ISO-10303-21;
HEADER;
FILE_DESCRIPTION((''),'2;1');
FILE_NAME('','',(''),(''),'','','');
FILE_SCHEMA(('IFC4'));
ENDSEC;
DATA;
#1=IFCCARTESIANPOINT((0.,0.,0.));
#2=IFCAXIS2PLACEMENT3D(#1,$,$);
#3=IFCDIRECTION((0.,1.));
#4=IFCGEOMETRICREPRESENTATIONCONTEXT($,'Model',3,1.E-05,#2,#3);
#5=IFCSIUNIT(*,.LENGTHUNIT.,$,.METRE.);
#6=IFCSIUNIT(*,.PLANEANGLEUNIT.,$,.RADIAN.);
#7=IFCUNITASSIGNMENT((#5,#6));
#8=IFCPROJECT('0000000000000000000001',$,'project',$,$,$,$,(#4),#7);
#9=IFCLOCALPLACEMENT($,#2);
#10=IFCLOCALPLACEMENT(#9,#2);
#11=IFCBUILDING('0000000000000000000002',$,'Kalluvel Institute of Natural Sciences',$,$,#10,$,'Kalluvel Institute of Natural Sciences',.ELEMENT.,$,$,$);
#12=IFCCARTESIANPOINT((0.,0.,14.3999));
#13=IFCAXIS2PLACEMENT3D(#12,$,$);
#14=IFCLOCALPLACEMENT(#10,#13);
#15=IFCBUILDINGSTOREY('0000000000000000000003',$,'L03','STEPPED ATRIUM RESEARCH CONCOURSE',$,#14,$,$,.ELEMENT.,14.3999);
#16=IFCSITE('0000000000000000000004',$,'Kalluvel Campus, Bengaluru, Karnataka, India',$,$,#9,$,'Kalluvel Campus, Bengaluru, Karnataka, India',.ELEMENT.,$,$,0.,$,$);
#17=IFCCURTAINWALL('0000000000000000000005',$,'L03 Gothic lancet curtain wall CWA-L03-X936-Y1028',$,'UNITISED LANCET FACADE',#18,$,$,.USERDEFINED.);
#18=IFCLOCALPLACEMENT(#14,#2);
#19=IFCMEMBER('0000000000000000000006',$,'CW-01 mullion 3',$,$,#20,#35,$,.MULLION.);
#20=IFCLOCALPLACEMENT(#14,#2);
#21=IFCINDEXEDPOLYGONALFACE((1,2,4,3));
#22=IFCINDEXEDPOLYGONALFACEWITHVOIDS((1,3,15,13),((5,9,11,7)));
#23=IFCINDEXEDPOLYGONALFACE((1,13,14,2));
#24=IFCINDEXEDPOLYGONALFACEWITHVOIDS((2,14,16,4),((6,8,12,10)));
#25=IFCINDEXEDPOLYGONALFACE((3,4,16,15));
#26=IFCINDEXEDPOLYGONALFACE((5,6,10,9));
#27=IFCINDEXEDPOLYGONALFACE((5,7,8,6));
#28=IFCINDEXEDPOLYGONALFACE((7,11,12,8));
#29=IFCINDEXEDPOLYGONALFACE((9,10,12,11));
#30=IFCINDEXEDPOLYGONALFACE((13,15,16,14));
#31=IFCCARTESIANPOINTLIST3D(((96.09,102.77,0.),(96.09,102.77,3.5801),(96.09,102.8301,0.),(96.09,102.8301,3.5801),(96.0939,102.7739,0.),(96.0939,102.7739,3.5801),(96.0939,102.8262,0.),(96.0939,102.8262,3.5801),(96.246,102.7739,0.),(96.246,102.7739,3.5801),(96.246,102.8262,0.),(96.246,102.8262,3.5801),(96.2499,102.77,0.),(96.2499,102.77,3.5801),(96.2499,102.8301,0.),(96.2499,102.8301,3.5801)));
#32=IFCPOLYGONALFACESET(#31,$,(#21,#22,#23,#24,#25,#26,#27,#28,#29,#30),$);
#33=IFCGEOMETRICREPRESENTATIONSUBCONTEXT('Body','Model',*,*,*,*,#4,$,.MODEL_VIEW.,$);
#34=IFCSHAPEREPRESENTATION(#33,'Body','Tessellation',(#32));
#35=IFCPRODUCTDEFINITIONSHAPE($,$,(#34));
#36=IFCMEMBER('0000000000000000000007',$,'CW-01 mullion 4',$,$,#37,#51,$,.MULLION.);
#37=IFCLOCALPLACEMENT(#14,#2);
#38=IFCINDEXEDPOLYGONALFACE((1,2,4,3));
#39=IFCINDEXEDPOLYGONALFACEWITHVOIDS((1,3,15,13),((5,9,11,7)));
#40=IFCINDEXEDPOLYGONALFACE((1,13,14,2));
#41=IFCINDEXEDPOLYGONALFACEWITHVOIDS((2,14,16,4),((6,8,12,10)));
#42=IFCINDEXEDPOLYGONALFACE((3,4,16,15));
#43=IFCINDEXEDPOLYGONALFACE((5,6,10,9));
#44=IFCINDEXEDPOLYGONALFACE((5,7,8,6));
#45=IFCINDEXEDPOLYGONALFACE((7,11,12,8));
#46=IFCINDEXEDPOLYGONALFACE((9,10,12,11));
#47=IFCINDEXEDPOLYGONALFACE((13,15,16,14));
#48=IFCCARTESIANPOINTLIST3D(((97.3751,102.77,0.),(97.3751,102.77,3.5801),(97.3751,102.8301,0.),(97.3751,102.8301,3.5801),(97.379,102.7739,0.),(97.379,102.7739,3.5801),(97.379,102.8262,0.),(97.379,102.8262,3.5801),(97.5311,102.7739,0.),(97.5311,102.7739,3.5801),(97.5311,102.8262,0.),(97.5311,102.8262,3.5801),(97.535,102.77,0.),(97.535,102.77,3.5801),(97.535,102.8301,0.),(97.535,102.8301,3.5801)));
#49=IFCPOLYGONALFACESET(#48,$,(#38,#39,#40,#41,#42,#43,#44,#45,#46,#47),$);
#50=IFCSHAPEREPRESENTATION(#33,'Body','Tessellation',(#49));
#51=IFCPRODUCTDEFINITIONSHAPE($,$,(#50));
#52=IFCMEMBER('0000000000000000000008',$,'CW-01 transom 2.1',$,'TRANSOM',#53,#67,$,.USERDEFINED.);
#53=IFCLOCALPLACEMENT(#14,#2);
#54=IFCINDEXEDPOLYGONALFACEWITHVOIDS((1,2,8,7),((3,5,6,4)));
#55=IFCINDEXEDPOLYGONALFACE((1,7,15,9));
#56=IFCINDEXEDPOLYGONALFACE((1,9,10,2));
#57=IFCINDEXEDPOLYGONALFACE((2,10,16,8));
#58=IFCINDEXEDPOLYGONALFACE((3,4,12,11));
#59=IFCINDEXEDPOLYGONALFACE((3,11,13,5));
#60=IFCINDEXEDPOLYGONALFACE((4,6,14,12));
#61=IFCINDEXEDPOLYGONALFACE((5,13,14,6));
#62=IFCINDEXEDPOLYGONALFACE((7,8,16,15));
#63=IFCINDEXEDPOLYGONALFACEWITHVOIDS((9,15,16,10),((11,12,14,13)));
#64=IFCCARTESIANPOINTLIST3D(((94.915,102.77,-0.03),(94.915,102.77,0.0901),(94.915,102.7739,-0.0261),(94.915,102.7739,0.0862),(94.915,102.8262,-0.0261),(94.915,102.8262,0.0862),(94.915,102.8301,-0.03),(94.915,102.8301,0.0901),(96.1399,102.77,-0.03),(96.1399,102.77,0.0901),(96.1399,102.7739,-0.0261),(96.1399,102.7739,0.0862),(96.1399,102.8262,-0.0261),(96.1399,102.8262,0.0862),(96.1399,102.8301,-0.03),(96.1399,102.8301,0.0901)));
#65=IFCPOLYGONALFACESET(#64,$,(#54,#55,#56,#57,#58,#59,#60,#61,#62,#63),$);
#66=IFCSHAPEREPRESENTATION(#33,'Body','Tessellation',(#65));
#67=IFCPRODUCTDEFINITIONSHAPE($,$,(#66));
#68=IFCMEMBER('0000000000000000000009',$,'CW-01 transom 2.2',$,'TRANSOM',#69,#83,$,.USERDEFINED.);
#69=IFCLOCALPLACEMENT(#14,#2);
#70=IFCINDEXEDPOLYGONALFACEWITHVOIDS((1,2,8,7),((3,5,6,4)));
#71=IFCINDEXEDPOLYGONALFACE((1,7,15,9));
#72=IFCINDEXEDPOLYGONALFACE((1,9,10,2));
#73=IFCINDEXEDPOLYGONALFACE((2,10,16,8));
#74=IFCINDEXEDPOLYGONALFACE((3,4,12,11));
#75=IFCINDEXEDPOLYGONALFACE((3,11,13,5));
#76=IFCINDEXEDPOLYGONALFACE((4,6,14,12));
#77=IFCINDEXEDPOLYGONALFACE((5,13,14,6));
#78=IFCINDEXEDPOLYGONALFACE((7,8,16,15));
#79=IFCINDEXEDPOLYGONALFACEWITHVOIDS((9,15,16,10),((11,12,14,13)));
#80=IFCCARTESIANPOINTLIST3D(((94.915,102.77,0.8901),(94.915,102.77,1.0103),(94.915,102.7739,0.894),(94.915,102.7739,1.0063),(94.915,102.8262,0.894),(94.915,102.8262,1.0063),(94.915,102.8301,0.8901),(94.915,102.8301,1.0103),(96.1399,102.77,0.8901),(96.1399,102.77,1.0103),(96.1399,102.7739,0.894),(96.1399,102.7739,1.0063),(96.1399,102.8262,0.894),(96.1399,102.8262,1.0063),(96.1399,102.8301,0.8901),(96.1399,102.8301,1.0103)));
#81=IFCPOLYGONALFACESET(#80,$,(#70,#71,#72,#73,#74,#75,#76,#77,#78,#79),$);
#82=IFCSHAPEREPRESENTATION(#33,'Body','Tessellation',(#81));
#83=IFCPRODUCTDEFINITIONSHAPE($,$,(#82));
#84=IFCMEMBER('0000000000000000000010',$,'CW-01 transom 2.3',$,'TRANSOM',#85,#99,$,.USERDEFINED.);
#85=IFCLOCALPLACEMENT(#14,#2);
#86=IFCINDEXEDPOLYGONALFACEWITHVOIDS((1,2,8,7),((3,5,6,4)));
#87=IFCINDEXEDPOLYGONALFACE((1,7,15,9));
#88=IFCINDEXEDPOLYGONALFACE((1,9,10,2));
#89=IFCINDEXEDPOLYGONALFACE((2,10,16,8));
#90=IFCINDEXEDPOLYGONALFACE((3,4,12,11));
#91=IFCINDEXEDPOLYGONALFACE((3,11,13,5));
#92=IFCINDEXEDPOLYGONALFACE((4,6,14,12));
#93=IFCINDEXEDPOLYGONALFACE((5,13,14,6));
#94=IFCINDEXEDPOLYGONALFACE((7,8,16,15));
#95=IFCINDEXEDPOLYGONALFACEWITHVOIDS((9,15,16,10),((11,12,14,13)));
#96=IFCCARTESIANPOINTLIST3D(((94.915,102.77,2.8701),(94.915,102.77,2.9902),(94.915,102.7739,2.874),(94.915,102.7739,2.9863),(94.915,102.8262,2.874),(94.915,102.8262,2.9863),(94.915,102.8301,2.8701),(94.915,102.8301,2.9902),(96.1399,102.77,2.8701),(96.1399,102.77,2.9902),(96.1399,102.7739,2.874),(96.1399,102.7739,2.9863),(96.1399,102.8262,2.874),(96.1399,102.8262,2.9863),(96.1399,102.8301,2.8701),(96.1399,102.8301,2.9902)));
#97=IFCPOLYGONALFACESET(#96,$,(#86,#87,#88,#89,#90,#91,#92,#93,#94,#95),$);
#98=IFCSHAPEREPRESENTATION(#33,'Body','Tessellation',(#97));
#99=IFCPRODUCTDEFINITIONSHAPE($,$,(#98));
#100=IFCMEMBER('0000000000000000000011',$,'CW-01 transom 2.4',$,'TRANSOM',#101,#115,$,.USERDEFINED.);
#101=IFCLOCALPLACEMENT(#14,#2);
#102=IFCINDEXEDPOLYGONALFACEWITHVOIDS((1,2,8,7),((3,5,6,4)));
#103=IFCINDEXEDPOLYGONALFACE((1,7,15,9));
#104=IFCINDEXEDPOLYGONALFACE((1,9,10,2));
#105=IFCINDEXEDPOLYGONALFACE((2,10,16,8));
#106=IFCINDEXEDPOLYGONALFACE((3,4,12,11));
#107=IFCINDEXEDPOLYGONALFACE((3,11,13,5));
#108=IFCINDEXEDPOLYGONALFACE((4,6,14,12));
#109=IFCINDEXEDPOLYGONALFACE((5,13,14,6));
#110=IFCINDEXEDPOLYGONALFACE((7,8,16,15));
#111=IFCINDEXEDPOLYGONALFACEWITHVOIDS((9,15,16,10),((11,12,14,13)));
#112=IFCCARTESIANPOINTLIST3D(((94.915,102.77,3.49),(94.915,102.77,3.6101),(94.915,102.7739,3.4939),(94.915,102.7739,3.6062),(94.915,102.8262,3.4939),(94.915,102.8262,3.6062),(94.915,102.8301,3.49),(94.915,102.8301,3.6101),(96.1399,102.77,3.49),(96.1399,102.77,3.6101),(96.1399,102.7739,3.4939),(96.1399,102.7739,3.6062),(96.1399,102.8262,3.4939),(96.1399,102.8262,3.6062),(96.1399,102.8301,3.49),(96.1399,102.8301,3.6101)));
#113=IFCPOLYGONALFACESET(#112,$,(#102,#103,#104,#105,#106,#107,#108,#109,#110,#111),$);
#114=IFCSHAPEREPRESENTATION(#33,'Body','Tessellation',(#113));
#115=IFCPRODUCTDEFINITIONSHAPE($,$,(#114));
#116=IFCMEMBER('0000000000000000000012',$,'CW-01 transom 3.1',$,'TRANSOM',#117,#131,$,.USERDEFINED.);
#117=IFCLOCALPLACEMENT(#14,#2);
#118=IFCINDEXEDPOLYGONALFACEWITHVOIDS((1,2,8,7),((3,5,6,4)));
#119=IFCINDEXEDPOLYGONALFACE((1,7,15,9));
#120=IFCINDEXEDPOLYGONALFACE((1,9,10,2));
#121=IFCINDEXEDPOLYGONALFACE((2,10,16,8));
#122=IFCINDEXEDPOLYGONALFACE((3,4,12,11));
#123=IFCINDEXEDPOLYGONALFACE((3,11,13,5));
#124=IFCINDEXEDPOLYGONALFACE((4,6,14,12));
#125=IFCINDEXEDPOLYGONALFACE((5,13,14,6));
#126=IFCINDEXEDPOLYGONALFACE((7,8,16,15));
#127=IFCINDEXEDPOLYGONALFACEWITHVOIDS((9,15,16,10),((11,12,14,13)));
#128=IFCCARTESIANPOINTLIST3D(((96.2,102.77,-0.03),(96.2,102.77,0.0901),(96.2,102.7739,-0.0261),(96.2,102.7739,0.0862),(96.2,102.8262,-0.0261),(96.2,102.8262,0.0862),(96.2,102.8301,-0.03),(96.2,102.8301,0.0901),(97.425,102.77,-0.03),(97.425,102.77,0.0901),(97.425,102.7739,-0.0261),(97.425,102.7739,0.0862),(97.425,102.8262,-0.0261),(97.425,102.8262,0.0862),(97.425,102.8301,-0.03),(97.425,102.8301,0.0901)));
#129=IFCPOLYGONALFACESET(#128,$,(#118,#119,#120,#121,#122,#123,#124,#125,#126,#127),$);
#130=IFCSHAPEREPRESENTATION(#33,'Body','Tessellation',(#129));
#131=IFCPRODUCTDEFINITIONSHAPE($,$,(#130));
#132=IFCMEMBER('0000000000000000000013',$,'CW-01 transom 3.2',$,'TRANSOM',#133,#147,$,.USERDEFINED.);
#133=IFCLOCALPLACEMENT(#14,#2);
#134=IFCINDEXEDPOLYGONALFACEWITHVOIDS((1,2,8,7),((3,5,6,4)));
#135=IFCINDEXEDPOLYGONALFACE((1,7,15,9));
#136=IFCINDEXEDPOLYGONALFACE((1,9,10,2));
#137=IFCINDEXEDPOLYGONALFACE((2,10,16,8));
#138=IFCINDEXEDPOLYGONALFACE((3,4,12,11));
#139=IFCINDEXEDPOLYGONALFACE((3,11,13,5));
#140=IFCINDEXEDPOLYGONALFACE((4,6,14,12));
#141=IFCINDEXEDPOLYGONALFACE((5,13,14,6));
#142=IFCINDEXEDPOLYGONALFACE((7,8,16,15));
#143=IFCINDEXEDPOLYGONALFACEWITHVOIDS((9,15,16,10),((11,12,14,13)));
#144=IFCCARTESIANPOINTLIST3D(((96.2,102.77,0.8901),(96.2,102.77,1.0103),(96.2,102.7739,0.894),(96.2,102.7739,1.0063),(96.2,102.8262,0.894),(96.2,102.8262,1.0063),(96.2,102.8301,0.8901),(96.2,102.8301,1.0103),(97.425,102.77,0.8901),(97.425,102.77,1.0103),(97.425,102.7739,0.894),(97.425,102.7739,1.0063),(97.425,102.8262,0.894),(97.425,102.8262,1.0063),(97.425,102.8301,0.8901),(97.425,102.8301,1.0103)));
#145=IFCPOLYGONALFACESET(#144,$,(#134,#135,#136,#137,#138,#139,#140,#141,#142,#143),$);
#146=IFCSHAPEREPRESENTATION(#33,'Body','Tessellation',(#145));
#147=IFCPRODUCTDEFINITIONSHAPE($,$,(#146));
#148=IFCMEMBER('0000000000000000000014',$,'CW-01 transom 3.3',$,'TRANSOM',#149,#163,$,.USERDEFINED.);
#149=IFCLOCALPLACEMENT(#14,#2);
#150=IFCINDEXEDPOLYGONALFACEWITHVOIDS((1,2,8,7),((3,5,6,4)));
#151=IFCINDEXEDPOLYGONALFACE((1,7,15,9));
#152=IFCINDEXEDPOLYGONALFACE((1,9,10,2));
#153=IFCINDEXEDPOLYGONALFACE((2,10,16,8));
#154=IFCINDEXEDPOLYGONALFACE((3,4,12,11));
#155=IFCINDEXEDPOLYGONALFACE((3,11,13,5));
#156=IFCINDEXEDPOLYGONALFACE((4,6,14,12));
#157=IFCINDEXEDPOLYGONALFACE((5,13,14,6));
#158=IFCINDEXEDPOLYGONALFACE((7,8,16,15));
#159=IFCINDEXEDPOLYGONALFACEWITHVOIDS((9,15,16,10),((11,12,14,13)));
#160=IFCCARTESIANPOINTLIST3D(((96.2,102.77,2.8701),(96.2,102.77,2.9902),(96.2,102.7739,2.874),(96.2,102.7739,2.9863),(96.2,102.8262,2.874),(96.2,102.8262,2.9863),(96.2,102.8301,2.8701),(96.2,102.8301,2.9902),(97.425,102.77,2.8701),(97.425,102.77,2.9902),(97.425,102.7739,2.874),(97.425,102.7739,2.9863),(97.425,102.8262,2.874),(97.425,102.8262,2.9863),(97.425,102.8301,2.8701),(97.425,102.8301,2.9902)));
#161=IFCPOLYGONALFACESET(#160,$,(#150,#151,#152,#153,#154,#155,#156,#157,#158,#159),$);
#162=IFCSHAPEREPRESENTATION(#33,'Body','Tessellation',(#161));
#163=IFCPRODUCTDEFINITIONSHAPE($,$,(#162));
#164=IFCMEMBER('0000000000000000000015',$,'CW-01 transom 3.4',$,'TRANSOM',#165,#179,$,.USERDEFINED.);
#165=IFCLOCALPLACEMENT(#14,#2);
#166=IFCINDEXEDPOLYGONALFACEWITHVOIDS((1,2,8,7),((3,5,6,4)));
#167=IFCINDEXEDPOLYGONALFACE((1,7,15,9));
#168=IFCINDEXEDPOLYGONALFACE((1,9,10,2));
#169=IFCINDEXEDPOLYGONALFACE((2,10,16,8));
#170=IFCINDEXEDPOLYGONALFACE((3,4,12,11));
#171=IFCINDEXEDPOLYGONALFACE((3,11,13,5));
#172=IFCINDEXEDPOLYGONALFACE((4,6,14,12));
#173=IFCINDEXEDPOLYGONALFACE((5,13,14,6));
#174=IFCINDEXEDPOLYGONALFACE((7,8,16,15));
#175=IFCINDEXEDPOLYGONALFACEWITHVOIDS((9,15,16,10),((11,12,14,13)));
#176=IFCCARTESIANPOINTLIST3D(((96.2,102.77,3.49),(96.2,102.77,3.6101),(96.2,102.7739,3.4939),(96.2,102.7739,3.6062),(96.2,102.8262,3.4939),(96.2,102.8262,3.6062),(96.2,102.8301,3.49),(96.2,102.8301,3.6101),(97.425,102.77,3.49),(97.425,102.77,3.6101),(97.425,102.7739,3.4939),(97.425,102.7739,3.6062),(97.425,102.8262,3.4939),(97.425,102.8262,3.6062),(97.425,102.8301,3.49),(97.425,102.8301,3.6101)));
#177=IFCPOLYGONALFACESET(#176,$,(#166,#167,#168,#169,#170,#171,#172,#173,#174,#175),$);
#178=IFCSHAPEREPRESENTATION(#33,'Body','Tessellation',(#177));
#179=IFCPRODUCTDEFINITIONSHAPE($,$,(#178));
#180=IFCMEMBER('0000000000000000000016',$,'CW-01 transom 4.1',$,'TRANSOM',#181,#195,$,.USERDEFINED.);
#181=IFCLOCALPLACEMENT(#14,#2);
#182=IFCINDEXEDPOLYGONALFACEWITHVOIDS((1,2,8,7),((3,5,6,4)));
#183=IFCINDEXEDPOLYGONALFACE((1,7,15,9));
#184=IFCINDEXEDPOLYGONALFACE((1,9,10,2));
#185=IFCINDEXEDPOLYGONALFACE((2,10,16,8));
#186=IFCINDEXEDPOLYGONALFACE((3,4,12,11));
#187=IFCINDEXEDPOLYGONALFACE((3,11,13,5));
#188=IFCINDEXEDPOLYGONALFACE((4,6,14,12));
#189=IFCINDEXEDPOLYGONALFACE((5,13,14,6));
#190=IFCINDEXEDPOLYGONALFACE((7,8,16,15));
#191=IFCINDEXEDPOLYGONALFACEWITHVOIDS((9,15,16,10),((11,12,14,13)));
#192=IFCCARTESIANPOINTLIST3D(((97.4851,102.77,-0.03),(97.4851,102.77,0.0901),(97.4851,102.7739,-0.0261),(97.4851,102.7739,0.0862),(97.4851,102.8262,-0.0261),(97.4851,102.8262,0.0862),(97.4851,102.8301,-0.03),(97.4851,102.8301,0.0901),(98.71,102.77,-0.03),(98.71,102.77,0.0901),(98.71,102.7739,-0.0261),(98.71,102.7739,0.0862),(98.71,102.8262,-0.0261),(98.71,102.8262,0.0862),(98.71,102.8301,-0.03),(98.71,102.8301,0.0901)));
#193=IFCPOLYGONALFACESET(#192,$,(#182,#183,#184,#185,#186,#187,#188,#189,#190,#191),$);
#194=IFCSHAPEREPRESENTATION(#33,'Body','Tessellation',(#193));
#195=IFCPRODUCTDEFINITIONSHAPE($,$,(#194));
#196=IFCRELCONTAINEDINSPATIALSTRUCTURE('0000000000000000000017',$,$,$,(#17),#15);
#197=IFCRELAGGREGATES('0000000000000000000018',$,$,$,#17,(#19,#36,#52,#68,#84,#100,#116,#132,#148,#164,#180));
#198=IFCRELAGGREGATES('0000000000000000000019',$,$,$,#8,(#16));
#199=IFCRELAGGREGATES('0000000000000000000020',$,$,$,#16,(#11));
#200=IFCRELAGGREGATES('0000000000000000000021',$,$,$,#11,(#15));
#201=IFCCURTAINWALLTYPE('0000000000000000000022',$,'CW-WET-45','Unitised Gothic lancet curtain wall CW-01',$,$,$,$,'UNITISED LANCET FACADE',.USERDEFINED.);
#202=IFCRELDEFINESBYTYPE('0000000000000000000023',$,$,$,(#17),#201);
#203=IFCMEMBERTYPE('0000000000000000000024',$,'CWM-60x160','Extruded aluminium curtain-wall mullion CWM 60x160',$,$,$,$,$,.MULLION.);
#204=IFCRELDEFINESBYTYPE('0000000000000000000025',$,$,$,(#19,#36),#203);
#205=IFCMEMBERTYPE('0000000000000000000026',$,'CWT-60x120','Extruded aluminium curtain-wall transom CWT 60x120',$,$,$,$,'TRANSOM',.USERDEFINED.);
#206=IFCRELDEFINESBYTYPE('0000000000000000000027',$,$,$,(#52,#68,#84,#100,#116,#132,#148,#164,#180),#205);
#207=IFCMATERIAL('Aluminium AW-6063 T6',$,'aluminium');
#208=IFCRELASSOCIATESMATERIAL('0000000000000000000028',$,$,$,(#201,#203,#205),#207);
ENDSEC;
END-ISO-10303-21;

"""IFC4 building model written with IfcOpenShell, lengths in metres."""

from ifc_helpers import new_model, si_unit, direction, frame, origin, origin_2d, place, context, subcontext, project, spatial, hollow_rectangle, extrude, material, material_profile, profile_set, type_object, element, aggregate, save


model = new_model("IFC4")

# Units and contexts
model_context = context("Model", 3, precision=1e-05, world=origin(), true_north=direction((0.0, 1.0)))
body_context = subcontext(model_context, "Body", "Model", "MODEL_VIEW")
ifc_project = project(units=[si_unit("LENGTHUNIT", "METRE"), si_unit("PLANEANGLEUNIT", "RADIAN")], contexts=[model_context])

# Site, building, storey
site_placement = place(None, origin())
site = spatial("IfcSite", under=ifc_project, at=site_placement, Name="Kalluvel Campus, Bengaluru, Karnataka, India", LongName="Kalluvel Campus, Bengaluru, Karnataka, India", CompositionType="ELEMENT", RefElevation=0.0)
building_placement = place(site_placement, origin())
building = spatial("IfcBuilding", under=site, at=building_placement, Name="Kalluvel Institute of Natural Sciences", LongName="Kalluvel Institute of Natural Sciences", CompositionType="ELEMENT")
storey_placement = place(building_placement, frame((0.0, 0.0, 14.3999)))
storey = spatial("IfcBuildingStorey", under=building, at=storey_placement, Name="L03", Description="STEPPED ATRIUM RESEARCH CONCOURSE", CompositionType="ELEMENT", Elevation=14.3999)

# Curtain wall, members
ifc_material_1 = material(Name="Aluminium AW-6063 T6", Category="aluminium")
curtain_wall_type = type_object("IfcCurtainWallType", Name="CW-WET-45", Description="Unitised Gothic lancet curtain wall CW-01", ElementType="UNITISED LANCET FACADE", PredefinedType="USERDEFINED", material=ifc_material_1)
curtain_wall_placement = place(storey_placement, origin())
curtain_wall = element("IfcCurtainWall", 1, at=curtain_wall_placement, inside=storey, type_object=curtain_wall_type, Name="L03 Gothic lancet curtain wall CWA-L03-X936-Y1028", ObjectType="UNITISED LANCET FACADE", PredefinedType="USERDEFINED")
ifc_material_profile_1 = material_profile(ifc_material_1, hollow_rectangle(XDim=0.0601, YDim=0.1599, WallThickness=0.0039, at=origin_2d()), Name="CWM 60x160")
ifc_profile_set_1 = profile_set([ifc_material_profile_1], Name="Aluminium AW-6063 T6")
member_type_1 = type_object("IfcMemberType", Name="CWM-60x160", Description="Extruded aluminium curtain-wall mullion CWM 60x160", PredefinedType="MULLION", material=ifc_profile_set_1)
member_1_placement = place(storey_placement, frame((96.1699, 102.8, 0.0), z_axis=(0.0, 0.0, 1.0), x_axis=(0.0, 1.0, 0.0)))
member_1 = element("IfcMember", 2, at=member_1_placement, type_object=member_type_1, Name="CW-01 mullion 3", PredefinedType="MULLION", context=body_context, shape_type="SweptSolid", body=[
    extrude(hollow_rectangle(XDim=0.0601, YDim=0.1599, WallThickness=0.0039, at=origin_2d()), origin(), (0.0, 0.0, 1.0), 3.5801),
])
member_2_placement = place(storey_placement, frame((97.4551, 102.8, 0.0), z_axis=(0.0, 0.0, 1.0), x_axis=(0.0, 1.0, 0.0)))
member_2 = element("IfcMember", 3, at=member_2_placement, type_object=member_type_1, Name="CW-01 mullion 4", PredefinedType="MULLION", context=body_context, shape_type="SweptSolid", body=[
    extrude(hollow_rectangle(XDim=0.0601, YDim=0.1599, WallThickness=0.0039, at=origin_2d()), origin(), (0.0, 0.0, 1.0), 3.5801),
])
ifc_material_profile_2 = material_profile(ifc_material_1, hollow_rectangle(XDim=0.0601, YDim=0.1201, WallThickness=0.0039, at=origin_2d()), Name="CWT 60x120")
ifc_profile_set_2 = profile_set([ifc_material_profile_2], Name="Aluminium AW-6063 T6")
member_type_2 = type_object("IfcMemberType", Name="CWT-60x120", Description="Extruded aluminium curtain-wall transom CWT 60x120", ElementType="TRANSOM", PredefinedType="USERDEFINED", material=ifc_profile_set_2)
member_3_placement = place(storey_placement, frame((94.915, 102.8, 0.03), z_axis=(1.0, 0.0, 0.0), x_axis=(0.0, 1.0, 0.0)))
member_3 = element("IfcMember", 4, at=member_3_placement, type_object=member_type_2, Name="CW-01 transom 2.1", ObjectType="TRANSOM", PredefinedType="USERDEFINED", context=body_context, shape_type="SweptSolid", body=[
    extrude(hollow_rectangle(XDim=0.0601, YDim=0.1201, WallThickness=0.0039, at=origin_2d()), origin(), (0.0, 0.0, 1.0), 1.2249),
])
member_4_placement = place(storey_placement, frame((94.915, 102.8, 0.9502), z_axis=(1.0, 0.0, 0.0), x_axis=(0.0, 1.0, 0.0)))
member_4 = element("IfcMember", 5, at=member_4_placement, type_object=member_type_2, Name="CW-01 transom 2.2", ObjectType="TRANSOM", PredefinedType="USERDEFINED", context=body_context, shape_type="SweptSolid", body=[
    extrude(hollow_rectangle(XDim=0.0601, YDim=0.1201, WallThickness=0.0039, at=origin_2d()), origin(), (0.0, 0.0, 1.0), 1.2249),
])
member_5_placement = place(storey_placement, frame((94.915, 102.8, 2.9302), z_axis=(1.0, 0.0, 0.0), x_axis=(0.0, 1.0, 0.0)))
member_5 = element("IfcMember", 6, at=member_5_placement, type_object=member_type_2, Name="CW-01 transom 2.3", ObjectType="TRANSOM", PredefinedType="USERDEFINED", context=body_context, shape_type="SweptSolid", body=[
    extrude(hollow_rectangle(XDim=0.0601, YDim=0.1201, WallThickness=0.0039, at=origin_2d()), origin(), (0.0, 0.0, 1.0), 1.2249),
])
member_6_placement = place(storey_placement, frame((94.915, 102.8, 3.55), z_axis=(1.0, 0.0, 0.0), x_axis=(0.0, 1.0, 0.0)))
member_6 = element("IfcMember", 7, at=member_6_placement, type_object=member_type_2, Name="CW-01 transom 2.4", ObjectType="TRANSOM", PredefinedType="USERDEFINED", context=body_context, shape_type="SweptSolid", body=[
    extrude(hollow_rectangle(XDim=0.0601, YDim=0.1201, WallThickness=0.0039, at=origin_2d()), origin(), (0.0, 0.0, 1.0), 1.2249),
])
member_7_placement = place(storey_placement, frame((96.2, 102.8, 0.03), z_axis=(1.0, 0.0, 0.0), x_axis=(0.0, 1.0, 0.0)))
member_7 = element("IfcMember", 8, at=member_7_placement, type_object=member_type_2, Name="CW-01 transom 3.1", ObjectType="TRANSOM", PredefinedType="USERDEFINED", context=body_context, shape_type="SweptSolid", body=[
    extrude(hollow_rectangle(XDim=0.0601, YDim=0.1201, WallThickness=0.0039, at=origin_2d()), origin(), (0.0, 0.0, 1.0), 1.2251),
])
member_8_placement = place(storey_placement, frame((96.2, 102.8, 0.9502), z_axis=(1.0, 0.0, 0.0), x_axis=(0.0, 1.0, 0.0)))
member_8 = element("IfcMember", 9, at=member_8_placement, type_object=member_type_2, Name="CW-01 transom 3.2", ObjectType="TRANSOM", PredefinedType="USERDEFINED", context=body_context, shape_type="SweptSolid", body=[
    extrude(hollow_rectangle(XDim=0.0601, YDim=0.1201, WallThickness=0.0039, at=origin_2d()), origin(), (0.0, 0.0, 1.0), 1.2251),
])
member_9_placement = place(storey_placement, frame((96.2, 102.8, 2.9302), z_axis=(1.0, 0.0, 0.0), x_axis=(0.0, 1.0, 0.0)))
member_9 = element("IfcMember", 10, at=member_9_placement, type_object=member_type_2, Name="CW-01 transom 3.3", ObjectType="TRANSOM", PredefinedType="USERDEFINED", context=body_context, shape_type="SweptSolid", body=[
    extrude(hollow_rectangle(XDim=0.0601, YDim=0.1201, WallThickness=0.0039, at=origin_2d()), origin(), (0.0, 0.0, 1.0), 1.2251),
])
member_10_placement = place(storey_placement, frame((96.2, 102.8, 3.55), z_axis=(1.0, 0.0, 0.0), x_axis=(0.0, 1.0, 0.0)))
member_10 = element("IfcMember", 11, at=member_10_placement, type_object=member_type_2, Name="CW-01 transom 3.4", ObjectType="TRANSOM", PredefinedType="USERDEFINED", context=body_context, shape_type="SweptSolid", body=[
    extrude(hollow_rectangle(XDim=0.0601, YDim=0.1201, WallThickness=0.0039, at=origin_2d()), origin(), (0.0, 0.0, 1.0), 1.2251),
])
member_11_placement = place(storey_placement, frame((97.4851, 102.8, 0.03), z_axis=(1.0, 0.0, 0.0), x_axis=(0.0, 1.0, 0.0)))
member_11 = element("IfcMember", 12, at=member_11_placement, type_object=member_type_2, Name="CW-01 transom 4.1", ObjectType="TRANSOM", PredefinedType="USERDEFINED", context=body_context, shape_type="SweptSolid", body=[
    extrude(hollow_rectangle(XDim=0.0601, YDim=0.1201, WallThickness=0.0039, at=origin_2d()), origin(), (0.0, 0.0, 1.0), 1.2249),
])

aggregate(curtain_wall, [member_1, member_2, member_3, member_4, member_5, member_6, member_7, member_8, member_9, member_10, member_11])

save(model, "model.ifc")
